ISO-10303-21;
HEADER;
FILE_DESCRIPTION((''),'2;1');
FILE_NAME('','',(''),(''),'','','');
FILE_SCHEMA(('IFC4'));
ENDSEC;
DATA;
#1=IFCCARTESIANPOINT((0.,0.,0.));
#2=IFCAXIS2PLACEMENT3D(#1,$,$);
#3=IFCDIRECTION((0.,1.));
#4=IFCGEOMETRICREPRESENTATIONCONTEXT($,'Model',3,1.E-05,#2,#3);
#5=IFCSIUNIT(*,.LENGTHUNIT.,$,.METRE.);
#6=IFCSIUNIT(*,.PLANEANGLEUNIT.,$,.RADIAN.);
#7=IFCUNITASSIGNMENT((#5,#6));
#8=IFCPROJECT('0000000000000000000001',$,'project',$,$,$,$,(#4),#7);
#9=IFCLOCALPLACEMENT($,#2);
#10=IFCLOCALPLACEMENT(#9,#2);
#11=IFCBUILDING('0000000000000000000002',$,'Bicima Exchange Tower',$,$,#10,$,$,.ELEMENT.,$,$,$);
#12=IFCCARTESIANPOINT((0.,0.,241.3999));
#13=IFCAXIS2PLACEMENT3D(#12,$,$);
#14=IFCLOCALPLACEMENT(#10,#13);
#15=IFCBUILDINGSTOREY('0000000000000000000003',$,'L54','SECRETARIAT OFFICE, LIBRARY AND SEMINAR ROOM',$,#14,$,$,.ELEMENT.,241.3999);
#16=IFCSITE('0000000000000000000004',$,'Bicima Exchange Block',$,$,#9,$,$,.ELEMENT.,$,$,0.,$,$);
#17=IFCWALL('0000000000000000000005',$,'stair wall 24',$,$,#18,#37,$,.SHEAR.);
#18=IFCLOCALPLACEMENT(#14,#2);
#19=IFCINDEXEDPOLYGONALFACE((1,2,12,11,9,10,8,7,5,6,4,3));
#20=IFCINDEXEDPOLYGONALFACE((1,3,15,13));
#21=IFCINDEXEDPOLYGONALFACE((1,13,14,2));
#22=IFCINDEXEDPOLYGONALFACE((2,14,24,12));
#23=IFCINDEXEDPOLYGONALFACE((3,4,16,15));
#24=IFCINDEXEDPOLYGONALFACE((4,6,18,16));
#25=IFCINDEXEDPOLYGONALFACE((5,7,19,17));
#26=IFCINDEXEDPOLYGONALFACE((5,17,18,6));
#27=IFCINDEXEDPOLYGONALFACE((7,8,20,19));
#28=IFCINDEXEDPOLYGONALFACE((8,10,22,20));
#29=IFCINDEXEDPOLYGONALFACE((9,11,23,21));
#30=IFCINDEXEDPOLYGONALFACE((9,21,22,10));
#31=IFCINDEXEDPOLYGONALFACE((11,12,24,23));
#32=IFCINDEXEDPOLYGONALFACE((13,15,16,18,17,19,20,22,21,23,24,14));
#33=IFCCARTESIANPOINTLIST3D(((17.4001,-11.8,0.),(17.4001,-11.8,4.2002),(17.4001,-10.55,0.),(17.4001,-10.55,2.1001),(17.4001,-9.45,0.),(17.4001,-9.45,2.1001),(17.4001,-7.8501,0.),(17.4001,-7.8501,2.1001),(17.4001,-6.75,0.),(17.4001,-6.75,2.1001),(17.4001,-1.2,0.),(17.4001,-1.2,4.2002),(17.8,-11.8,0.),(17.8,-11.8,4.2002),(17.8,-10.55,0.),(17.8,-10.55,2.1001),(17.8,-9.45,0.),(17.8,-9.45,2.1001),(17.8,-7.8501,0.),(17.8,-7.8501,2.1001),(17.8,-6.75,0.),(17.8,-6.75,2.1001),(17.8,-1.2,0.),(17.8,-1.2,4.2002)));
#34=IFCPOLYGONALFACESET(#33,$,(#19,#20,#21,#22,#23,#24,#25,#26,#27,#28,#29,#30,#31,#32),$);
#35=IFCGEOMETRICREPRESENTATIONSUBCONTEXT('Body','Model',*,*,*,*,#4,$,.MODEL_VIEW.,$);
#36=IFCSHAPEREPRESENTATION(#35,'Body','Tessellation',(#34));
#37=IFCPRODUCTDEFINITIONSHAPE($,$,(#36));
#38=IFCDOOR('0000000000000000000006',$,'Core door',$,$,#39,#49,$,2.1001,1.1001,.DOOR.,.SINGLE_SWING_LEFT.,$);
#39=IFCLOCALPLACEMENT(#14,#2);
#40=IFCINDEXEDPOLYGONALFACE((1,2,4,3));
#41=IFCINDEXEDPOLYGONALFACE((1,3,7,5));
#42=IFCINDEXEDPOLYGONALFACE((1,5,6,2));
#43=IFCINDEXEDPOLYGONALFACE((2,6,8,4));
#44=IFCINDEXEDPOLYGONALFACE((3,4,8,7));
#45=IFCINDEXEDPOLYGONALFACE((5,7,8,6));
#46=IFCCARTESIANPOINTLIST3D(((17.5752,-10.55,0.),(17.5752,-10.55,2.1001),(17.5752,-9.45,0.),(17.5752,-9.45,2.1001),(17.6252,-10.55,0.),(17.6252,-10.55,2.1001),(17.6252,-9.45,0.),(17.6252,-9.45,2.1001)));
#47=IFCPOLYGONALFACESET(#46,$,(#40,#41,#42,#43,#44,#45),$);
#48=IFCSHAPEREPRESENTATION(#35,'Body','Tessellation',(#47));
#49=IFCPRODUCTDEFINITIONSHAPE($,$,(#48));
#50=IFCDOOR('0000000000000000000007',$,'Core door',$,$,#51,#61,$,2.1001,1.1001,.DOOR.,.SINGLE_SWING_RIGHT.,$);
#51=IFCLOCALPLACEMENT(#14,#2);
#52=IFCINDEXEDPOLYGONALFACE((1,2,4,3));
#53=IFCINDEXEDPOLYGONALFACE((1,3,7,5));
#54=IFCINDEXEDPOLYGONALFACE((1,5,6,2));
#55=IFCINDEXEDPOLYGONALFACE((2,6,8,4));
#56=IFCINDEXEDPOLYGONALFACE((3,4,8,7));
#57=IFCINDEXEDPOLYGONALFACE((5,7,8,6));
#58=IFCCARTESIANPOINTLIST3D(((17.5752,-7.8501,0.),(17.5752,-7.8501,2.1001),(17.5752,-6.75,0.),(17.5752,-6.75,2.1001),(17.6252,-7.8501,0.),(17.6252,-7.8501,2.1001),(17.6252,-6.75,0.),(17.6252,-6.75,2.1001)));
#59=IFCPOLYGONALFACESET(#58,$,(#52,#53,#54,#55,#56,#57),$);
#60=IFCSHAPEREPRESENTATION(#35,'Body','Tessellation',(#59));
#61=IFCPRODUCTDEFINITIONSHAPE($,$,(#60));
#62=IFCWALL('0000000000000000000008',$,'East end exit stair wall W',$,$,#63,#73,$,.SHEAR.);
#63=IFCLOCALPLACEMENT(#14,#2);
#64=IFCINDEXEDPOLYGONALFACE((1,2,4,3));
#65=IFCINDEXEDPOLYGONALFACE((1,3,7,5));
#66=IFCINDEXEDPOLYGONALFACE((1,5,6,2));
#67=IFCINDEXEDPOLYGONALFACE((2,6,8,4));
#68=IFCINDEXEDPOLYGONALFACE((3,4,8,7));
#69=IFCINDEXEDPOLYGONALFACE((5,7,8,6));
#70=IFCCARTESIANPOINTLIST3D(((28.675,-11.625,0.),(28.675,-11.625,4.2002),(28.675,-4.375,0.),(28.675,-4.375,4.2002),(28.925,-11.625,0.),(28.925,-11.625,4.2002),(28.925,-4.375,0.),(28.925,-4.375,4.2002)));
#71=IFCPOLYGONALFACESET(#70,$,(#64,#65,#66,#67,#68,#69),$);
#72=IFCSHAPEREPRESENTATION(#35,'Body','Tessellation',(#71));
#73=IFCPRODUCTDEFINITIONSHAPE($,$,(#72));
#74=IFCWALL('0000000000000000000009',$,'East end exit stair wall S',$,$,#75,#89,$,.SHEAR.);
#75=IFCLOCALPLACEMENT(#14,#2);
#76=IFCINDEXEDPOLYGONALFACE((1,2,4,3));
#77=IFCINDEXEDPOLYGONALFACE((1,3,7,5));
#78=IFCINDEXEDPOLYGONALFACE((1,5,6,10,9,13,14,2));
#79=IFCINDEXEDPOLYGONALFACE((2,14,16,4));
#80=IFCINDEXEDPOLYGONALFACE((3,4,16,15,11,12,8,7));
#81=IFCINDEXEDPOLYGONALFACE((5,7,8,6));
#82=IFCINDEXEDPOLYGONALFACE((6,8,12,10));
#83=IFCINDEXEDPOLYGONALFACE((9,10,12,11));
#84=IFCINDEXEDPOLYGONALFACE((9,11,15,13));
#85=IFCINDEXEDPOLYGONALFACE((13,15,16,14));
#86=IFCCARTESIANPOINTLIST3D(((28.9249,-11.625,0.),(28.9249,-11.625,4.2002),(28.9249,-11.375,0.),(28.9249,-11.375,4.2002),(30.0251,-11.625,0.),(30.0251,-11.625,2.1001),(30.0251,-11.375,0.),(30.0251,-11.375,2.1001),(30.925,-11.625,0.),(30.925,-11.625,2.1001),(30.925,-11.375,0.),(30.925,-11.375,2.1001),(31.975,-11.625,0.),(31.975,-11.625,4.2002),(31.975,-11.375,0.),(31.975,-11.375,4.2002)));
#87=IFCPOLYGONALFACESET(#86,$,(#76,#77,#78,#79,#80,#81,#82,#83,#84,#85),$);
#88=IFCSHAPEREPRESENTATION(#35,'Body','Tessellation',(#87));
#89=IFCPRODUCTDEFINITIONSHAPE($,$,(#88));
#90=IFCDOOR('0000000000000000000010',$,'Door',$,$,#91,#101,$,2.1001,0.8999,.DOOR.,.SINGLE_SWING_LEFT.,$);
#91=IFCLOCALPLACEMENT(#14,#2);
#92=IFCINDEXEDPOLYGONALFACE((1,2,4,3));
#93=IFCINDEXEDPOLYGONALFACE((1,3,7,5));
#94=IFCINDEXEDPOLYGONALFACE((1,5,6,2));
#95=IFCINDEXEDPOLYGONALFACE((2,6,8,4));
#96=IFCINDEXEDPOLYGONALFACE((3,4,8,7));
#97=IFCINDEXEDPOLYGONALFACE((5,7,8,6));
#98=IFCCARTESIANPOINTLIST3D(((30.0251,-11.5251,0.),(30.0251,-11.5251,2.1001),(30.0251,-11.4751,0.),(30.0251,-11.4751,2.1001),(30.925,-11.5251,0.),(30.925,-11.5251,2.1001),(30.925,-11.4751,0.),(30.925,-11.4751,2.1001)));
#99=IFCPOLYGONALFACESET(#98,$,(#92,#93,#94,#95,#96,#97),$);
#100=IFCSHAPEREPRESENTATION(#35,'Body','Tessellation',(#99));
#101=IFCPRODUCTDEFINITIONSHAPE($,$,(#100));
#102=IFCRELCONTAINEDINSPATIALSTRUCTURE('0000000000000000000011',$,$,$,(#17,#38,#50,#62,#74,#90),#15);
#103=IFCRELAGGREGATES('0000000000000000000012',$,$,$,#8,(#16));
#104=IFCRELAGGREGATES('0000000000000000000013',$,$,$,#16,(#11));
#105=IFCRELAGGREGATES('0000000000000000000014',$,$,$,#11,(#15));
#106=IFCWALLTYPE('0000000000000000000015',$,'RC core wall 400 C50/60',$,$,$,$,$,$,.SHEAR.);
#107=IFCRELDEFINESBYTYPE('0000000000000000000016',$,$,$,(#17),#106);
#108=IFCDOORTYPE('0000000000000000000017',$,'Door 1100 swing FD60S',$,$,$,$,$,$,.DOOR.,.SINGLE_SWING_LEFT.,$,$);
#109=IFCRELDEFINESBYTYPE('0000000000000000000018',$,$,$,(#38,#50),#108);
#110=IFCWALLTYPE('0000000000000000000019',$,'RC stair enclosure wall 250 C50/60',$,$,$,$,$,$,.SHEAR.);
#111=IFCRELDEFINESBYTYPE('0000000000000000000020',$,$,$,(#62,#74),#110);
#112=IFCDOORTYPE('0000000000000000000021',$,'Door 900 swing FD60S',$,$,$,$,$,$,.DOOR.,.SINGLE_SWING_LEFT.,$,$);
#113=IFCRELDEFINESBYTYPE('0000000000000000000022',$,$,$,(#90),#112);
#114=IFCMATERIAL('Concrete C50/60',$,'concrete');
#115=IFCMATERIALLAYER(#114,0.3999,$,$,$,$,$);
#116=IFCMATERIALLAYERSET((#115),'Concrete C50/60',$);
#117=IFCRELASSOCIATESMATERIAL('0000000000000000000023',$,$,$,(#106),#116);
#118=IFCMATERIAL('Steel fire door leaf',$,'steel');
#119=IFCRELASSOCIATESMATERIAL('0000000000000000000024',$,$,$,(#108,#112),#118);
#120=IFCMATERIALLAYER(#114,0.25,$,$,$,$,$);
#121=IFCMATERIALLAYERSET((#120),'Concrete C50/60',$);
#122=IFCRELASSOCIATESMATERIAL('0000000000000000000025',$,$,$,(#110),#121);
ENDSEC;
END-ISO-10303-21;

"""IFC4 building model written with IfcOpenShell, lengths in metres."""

from ifc_helpers import new_model, si_unit, direction, frame, frame_2d, origin, place, context, subcontext, project, spatial, rectangle, extrude, material, layer, layer_set, type_object, element, fill, save


model = new_model("IFC4")

# Units and contexts
model_context = context("Model", 3, precision=1e-05, world=origin(), true_north=direction((0.0, 1.0)))
body_context = subcontext(model_context, "Body", "Model", "MODEL_VIEW")
ifc_project = project(units=[si_unit("LENGTHUNIT", "METRE"), si_unit("PLANEANGLEUNIT", "RADIAN")], contexts=[model_context])

# Site, building, storey
site_placement = place(None, origin())
site = spatial("IfcSite", under=ifc_project, at=site_placement, Name="Bicima Exchange Block", CompositionType="ELEMENT", RefElevation=0.0)
building_placement = place(site_placement, origin())
building = spatial("IfcBuilding", under=site, at=building_placement, Name="Bicima Exchange Tower", CompositionType="ELEMENT")
storey_placement = place(building_placement, frame((0.0, 0.0, 241.3999)))
storey = spatial("IfcBuildingStorey", under=building, at=storey_placement, Name="L54", Description="SECRETARIAT OFFICE, LIBRARY AND SEMINAR ROOM", CompositionType="ELEMENT", Elevation=241.3999)

# Shared definitions
ifc_material_1 = material(Name="Steel fire door leaf", Category="steel")

# Shared definitions
ifc_material_2 = material(Name="Concrete C50/60", Category="concrete")

# Wall, openings, doors
ifc_layer_1 = layer(ifc_material_2, 0.3999)
ifc_layer_set_1 = layer_set([ifc_layer_1], Name="Concrete C50/60")
wall_type_1 = type_object("IfcWallType", Name="RC core wall 400 C50/60", PredefinedType="SHEAR", material=ifc_layer_set_1)
wall_1_placement = place(storey_placement, frame((17.6001, -11.8, 0.0), z_axis=(0.0, 0.0, 1.0), x_axis=(0.0, 1.0, 0.0)))
wall_1 = element("IfcWall", 1, at=wall_1_placement, inside=storey, type_object=wall_type_1, Name="stair wall 24", PredefinedType="SHEAR", context=body_context, shape_type="SweptSolid", body=[
    extrude(rectangle(XDim=10.6001, YDim=0.3999, at=frame_2d((5.3, 0.0))), origin(), (0.0, 0.0, 1.0), 4.2002),
])
opening_1_placement = place(wall_1_placement, frame((1.25, 0.0, 0.0)))
opening_1 = element("IfcOpeningElement", 2, at=opening_1_placement, cuts=wall_1, PredefinedType="OPENING", context=body_context, shape_type="SweptSolid", body=[
    extrude(rectangle(XDim=1.1001, YDim=2.1001, at=frame_2d((0.55, 1.05))), frame((0.0, 0.2119, 0.0), z_axis=(0.0, -1.0, 0.0), x_axis=(1.0, 0.0, 0.0)), (0.0, 0.0, 1.0), 0.4238),
])
opening_2_placement = place(wall_1_placement, frame((3.95, 0.0, 0.0)))
opening_2 = element("IfcOpeningElement", 3, at=opening_2_placement, cuts=wall_1, PredefinedType="OPENING", context=body_context, shape_type="SweptSolid", body=[
    extrude(rectangle(XDim=1.1001, YDim=2.1001, at=frame_2d((0.55, 1.05))), frame((0.0, 0.2119, 0.0), z_axis=(0.0, -1.0, 0.0), x_axis=(1.0, 0.0, 0.0)), (0.0, 0.0, 1.0), 0.4238),
])
door_type_1 = type_object("IfcDoorType", Name="Door 1100 swing FD60S", OperationType="SINGLE_SWING_LEFT", PredefinedType="DOOR", material=ifc_material_1)
door_1_placement = place(opening_1_placement, origin())
door_1 = element("IfcDoor", 4, at=door_1_placement, inside=storey, type_object=door_type_1, Name="Core door", OperationType="SINGLE_SWING_LEFT", OverallHeight=2.1001, OverallWidth=1.1001, PredefinedType="DOOR", context=body_context, shape_type="SweptSolid", body=[
    extrude(rectangle(XDim=1.1001, YDim=2.1001, at=frame_2d((0.55, 1.05))), frame((0.0, 0.0249, 0.0), z_axis=(0.0, -1.0, 0.0), x_axis=(1.0, 0.0, 0.0)), (0.0, 0.0, 1.0), 0.05),
])
fill(opening_1, door_1)
door_2_placement = place(opening_2_placement, origin())
door_2 = element("IfcDoor", 5, at=door_2_placement, inside=storey, type_object=door_type_1, Name="Core door", OperationType="SINGLE_SWING_RIGHT", OverallHeight=2.1001, OverallWidth=1.1001, PredefinedType="DOOR", context=body_context, shape_type="SweptSolid", body=[
    extrude(rectangle(XDim=1.1001, YDim=2.1001, at=frame_2d((0.55, 1.05))), frame((0.0, 0.0249, 0.0), z_axis=(0.0, -1.0, 0.0), x_axis=(1.0, 0.0, 0.0)), (0.0, 0.0, 1.0), 0.05),
])
fill(opening_2, door_2)

# Wall
ifc_layer_2 = layer(ifc_material_2, 0.25)
ifc_layer_set_2 = layer_set([ifc_layer_2], Name="Concrete C50/60")
wall_type_2 = type_object("IfcWallType", Name="RC stair enclosure wall 250 C50/60", PredefinedType="SHEAR", material=ifc_layer_set_2)
wall_2_placement = place(storey_placement, frame((28.8, -11.625, 0.0), z_axis=(0.0, 0.0, 1.0), x_axis=(0.0, 1.0, 0.0)))
element("IfcWall", 6, at=wall_2_placement, inside=storey, type_object=wall_type_2, Name="East end exit stair wall W", PredefinedType="SHEAR", context=body_context, shape_type="SweptSolid", body=[
    extrude(rectangle(XDim=7.25, YDim=0.25, at=frame_2d((3.625, 0.0))), origin(), (0.0, 0.0, 1.0), 4.2002),
])

# Wall, opening, door
wall_3_placement = place(storey_placement, frame((28.925, -11.5, 0.0), z_axis=(0.0, 0.0, 1.0), x_axis=(1.0, 0.0, 0.0)))
wall_3 = element("IfcWall", 7, at=wall_3_placement, inside=storey, type_object=wall_type_2, Name="East end exit stair wall S", PredefinedType="SHEAR", context=body_context, shape_type="SweptSolid", body=[
    extrude(rectangle(XDim=3.05, YDim=0.25, at=frame_2d((1.5249, 0.0))), origin(), (0.0, 0.0, 1.0), 4.2002),
])
opening_3_placement = place(wall_3_placement, frame((1.1001, 0.0, 0.0)))
opening_3 = element("IfcOpeningElement", 8, at=opening_3_placement, cuts=wall_3, PredefinedType="OPENING", context=body_context, shape_type="SweptSolid", body=[
    extrude(rectangle(XDim=0.8999, YDim=2.1001, at=frame_2d((0.45, 1.05))), frame((0.0, 0.137, 0.0), z_axis=(0.0, -1.0, 0.0), x_axis=(1.0, 0.0, 0.0)), (0.0, 0.0, 1.0), 0.2739),
])
door_type_2 = type_object("IfcDoorType", Name="Door 900 swing FD60S", OperationType="SINGLE_SWING_LEFT", PredefinedType="DOOR", material=ifc_material_1)
door_3_placement = place(opening_3_placement, origin())
door_3 = element("IfcDoor", 9, at=door_3_placement, inside=storey, type_object=door_type_2, Name="Door", OperationType="SINGLE_SWING_LEFT", OverallHeight=2.1001, OverallWidth=0.8999, PredefinedType="DOOR", context=body_context, shape_type="SweptSolid", body=[
    extrude(rectangle(XDim=0.8999, YDim=2.1001, at=frame_2d((0.45, 1.05))), frame((0.0, 0.0249, 0.0), z_axis=(0.0, -1.0, 0.0), x_axis=(1.0, 0.0, 0.0)), (0.0, 0.0, 1.0), 0.05),
])
fill(opening_3, door_3)

save(model, "model.ifc")
